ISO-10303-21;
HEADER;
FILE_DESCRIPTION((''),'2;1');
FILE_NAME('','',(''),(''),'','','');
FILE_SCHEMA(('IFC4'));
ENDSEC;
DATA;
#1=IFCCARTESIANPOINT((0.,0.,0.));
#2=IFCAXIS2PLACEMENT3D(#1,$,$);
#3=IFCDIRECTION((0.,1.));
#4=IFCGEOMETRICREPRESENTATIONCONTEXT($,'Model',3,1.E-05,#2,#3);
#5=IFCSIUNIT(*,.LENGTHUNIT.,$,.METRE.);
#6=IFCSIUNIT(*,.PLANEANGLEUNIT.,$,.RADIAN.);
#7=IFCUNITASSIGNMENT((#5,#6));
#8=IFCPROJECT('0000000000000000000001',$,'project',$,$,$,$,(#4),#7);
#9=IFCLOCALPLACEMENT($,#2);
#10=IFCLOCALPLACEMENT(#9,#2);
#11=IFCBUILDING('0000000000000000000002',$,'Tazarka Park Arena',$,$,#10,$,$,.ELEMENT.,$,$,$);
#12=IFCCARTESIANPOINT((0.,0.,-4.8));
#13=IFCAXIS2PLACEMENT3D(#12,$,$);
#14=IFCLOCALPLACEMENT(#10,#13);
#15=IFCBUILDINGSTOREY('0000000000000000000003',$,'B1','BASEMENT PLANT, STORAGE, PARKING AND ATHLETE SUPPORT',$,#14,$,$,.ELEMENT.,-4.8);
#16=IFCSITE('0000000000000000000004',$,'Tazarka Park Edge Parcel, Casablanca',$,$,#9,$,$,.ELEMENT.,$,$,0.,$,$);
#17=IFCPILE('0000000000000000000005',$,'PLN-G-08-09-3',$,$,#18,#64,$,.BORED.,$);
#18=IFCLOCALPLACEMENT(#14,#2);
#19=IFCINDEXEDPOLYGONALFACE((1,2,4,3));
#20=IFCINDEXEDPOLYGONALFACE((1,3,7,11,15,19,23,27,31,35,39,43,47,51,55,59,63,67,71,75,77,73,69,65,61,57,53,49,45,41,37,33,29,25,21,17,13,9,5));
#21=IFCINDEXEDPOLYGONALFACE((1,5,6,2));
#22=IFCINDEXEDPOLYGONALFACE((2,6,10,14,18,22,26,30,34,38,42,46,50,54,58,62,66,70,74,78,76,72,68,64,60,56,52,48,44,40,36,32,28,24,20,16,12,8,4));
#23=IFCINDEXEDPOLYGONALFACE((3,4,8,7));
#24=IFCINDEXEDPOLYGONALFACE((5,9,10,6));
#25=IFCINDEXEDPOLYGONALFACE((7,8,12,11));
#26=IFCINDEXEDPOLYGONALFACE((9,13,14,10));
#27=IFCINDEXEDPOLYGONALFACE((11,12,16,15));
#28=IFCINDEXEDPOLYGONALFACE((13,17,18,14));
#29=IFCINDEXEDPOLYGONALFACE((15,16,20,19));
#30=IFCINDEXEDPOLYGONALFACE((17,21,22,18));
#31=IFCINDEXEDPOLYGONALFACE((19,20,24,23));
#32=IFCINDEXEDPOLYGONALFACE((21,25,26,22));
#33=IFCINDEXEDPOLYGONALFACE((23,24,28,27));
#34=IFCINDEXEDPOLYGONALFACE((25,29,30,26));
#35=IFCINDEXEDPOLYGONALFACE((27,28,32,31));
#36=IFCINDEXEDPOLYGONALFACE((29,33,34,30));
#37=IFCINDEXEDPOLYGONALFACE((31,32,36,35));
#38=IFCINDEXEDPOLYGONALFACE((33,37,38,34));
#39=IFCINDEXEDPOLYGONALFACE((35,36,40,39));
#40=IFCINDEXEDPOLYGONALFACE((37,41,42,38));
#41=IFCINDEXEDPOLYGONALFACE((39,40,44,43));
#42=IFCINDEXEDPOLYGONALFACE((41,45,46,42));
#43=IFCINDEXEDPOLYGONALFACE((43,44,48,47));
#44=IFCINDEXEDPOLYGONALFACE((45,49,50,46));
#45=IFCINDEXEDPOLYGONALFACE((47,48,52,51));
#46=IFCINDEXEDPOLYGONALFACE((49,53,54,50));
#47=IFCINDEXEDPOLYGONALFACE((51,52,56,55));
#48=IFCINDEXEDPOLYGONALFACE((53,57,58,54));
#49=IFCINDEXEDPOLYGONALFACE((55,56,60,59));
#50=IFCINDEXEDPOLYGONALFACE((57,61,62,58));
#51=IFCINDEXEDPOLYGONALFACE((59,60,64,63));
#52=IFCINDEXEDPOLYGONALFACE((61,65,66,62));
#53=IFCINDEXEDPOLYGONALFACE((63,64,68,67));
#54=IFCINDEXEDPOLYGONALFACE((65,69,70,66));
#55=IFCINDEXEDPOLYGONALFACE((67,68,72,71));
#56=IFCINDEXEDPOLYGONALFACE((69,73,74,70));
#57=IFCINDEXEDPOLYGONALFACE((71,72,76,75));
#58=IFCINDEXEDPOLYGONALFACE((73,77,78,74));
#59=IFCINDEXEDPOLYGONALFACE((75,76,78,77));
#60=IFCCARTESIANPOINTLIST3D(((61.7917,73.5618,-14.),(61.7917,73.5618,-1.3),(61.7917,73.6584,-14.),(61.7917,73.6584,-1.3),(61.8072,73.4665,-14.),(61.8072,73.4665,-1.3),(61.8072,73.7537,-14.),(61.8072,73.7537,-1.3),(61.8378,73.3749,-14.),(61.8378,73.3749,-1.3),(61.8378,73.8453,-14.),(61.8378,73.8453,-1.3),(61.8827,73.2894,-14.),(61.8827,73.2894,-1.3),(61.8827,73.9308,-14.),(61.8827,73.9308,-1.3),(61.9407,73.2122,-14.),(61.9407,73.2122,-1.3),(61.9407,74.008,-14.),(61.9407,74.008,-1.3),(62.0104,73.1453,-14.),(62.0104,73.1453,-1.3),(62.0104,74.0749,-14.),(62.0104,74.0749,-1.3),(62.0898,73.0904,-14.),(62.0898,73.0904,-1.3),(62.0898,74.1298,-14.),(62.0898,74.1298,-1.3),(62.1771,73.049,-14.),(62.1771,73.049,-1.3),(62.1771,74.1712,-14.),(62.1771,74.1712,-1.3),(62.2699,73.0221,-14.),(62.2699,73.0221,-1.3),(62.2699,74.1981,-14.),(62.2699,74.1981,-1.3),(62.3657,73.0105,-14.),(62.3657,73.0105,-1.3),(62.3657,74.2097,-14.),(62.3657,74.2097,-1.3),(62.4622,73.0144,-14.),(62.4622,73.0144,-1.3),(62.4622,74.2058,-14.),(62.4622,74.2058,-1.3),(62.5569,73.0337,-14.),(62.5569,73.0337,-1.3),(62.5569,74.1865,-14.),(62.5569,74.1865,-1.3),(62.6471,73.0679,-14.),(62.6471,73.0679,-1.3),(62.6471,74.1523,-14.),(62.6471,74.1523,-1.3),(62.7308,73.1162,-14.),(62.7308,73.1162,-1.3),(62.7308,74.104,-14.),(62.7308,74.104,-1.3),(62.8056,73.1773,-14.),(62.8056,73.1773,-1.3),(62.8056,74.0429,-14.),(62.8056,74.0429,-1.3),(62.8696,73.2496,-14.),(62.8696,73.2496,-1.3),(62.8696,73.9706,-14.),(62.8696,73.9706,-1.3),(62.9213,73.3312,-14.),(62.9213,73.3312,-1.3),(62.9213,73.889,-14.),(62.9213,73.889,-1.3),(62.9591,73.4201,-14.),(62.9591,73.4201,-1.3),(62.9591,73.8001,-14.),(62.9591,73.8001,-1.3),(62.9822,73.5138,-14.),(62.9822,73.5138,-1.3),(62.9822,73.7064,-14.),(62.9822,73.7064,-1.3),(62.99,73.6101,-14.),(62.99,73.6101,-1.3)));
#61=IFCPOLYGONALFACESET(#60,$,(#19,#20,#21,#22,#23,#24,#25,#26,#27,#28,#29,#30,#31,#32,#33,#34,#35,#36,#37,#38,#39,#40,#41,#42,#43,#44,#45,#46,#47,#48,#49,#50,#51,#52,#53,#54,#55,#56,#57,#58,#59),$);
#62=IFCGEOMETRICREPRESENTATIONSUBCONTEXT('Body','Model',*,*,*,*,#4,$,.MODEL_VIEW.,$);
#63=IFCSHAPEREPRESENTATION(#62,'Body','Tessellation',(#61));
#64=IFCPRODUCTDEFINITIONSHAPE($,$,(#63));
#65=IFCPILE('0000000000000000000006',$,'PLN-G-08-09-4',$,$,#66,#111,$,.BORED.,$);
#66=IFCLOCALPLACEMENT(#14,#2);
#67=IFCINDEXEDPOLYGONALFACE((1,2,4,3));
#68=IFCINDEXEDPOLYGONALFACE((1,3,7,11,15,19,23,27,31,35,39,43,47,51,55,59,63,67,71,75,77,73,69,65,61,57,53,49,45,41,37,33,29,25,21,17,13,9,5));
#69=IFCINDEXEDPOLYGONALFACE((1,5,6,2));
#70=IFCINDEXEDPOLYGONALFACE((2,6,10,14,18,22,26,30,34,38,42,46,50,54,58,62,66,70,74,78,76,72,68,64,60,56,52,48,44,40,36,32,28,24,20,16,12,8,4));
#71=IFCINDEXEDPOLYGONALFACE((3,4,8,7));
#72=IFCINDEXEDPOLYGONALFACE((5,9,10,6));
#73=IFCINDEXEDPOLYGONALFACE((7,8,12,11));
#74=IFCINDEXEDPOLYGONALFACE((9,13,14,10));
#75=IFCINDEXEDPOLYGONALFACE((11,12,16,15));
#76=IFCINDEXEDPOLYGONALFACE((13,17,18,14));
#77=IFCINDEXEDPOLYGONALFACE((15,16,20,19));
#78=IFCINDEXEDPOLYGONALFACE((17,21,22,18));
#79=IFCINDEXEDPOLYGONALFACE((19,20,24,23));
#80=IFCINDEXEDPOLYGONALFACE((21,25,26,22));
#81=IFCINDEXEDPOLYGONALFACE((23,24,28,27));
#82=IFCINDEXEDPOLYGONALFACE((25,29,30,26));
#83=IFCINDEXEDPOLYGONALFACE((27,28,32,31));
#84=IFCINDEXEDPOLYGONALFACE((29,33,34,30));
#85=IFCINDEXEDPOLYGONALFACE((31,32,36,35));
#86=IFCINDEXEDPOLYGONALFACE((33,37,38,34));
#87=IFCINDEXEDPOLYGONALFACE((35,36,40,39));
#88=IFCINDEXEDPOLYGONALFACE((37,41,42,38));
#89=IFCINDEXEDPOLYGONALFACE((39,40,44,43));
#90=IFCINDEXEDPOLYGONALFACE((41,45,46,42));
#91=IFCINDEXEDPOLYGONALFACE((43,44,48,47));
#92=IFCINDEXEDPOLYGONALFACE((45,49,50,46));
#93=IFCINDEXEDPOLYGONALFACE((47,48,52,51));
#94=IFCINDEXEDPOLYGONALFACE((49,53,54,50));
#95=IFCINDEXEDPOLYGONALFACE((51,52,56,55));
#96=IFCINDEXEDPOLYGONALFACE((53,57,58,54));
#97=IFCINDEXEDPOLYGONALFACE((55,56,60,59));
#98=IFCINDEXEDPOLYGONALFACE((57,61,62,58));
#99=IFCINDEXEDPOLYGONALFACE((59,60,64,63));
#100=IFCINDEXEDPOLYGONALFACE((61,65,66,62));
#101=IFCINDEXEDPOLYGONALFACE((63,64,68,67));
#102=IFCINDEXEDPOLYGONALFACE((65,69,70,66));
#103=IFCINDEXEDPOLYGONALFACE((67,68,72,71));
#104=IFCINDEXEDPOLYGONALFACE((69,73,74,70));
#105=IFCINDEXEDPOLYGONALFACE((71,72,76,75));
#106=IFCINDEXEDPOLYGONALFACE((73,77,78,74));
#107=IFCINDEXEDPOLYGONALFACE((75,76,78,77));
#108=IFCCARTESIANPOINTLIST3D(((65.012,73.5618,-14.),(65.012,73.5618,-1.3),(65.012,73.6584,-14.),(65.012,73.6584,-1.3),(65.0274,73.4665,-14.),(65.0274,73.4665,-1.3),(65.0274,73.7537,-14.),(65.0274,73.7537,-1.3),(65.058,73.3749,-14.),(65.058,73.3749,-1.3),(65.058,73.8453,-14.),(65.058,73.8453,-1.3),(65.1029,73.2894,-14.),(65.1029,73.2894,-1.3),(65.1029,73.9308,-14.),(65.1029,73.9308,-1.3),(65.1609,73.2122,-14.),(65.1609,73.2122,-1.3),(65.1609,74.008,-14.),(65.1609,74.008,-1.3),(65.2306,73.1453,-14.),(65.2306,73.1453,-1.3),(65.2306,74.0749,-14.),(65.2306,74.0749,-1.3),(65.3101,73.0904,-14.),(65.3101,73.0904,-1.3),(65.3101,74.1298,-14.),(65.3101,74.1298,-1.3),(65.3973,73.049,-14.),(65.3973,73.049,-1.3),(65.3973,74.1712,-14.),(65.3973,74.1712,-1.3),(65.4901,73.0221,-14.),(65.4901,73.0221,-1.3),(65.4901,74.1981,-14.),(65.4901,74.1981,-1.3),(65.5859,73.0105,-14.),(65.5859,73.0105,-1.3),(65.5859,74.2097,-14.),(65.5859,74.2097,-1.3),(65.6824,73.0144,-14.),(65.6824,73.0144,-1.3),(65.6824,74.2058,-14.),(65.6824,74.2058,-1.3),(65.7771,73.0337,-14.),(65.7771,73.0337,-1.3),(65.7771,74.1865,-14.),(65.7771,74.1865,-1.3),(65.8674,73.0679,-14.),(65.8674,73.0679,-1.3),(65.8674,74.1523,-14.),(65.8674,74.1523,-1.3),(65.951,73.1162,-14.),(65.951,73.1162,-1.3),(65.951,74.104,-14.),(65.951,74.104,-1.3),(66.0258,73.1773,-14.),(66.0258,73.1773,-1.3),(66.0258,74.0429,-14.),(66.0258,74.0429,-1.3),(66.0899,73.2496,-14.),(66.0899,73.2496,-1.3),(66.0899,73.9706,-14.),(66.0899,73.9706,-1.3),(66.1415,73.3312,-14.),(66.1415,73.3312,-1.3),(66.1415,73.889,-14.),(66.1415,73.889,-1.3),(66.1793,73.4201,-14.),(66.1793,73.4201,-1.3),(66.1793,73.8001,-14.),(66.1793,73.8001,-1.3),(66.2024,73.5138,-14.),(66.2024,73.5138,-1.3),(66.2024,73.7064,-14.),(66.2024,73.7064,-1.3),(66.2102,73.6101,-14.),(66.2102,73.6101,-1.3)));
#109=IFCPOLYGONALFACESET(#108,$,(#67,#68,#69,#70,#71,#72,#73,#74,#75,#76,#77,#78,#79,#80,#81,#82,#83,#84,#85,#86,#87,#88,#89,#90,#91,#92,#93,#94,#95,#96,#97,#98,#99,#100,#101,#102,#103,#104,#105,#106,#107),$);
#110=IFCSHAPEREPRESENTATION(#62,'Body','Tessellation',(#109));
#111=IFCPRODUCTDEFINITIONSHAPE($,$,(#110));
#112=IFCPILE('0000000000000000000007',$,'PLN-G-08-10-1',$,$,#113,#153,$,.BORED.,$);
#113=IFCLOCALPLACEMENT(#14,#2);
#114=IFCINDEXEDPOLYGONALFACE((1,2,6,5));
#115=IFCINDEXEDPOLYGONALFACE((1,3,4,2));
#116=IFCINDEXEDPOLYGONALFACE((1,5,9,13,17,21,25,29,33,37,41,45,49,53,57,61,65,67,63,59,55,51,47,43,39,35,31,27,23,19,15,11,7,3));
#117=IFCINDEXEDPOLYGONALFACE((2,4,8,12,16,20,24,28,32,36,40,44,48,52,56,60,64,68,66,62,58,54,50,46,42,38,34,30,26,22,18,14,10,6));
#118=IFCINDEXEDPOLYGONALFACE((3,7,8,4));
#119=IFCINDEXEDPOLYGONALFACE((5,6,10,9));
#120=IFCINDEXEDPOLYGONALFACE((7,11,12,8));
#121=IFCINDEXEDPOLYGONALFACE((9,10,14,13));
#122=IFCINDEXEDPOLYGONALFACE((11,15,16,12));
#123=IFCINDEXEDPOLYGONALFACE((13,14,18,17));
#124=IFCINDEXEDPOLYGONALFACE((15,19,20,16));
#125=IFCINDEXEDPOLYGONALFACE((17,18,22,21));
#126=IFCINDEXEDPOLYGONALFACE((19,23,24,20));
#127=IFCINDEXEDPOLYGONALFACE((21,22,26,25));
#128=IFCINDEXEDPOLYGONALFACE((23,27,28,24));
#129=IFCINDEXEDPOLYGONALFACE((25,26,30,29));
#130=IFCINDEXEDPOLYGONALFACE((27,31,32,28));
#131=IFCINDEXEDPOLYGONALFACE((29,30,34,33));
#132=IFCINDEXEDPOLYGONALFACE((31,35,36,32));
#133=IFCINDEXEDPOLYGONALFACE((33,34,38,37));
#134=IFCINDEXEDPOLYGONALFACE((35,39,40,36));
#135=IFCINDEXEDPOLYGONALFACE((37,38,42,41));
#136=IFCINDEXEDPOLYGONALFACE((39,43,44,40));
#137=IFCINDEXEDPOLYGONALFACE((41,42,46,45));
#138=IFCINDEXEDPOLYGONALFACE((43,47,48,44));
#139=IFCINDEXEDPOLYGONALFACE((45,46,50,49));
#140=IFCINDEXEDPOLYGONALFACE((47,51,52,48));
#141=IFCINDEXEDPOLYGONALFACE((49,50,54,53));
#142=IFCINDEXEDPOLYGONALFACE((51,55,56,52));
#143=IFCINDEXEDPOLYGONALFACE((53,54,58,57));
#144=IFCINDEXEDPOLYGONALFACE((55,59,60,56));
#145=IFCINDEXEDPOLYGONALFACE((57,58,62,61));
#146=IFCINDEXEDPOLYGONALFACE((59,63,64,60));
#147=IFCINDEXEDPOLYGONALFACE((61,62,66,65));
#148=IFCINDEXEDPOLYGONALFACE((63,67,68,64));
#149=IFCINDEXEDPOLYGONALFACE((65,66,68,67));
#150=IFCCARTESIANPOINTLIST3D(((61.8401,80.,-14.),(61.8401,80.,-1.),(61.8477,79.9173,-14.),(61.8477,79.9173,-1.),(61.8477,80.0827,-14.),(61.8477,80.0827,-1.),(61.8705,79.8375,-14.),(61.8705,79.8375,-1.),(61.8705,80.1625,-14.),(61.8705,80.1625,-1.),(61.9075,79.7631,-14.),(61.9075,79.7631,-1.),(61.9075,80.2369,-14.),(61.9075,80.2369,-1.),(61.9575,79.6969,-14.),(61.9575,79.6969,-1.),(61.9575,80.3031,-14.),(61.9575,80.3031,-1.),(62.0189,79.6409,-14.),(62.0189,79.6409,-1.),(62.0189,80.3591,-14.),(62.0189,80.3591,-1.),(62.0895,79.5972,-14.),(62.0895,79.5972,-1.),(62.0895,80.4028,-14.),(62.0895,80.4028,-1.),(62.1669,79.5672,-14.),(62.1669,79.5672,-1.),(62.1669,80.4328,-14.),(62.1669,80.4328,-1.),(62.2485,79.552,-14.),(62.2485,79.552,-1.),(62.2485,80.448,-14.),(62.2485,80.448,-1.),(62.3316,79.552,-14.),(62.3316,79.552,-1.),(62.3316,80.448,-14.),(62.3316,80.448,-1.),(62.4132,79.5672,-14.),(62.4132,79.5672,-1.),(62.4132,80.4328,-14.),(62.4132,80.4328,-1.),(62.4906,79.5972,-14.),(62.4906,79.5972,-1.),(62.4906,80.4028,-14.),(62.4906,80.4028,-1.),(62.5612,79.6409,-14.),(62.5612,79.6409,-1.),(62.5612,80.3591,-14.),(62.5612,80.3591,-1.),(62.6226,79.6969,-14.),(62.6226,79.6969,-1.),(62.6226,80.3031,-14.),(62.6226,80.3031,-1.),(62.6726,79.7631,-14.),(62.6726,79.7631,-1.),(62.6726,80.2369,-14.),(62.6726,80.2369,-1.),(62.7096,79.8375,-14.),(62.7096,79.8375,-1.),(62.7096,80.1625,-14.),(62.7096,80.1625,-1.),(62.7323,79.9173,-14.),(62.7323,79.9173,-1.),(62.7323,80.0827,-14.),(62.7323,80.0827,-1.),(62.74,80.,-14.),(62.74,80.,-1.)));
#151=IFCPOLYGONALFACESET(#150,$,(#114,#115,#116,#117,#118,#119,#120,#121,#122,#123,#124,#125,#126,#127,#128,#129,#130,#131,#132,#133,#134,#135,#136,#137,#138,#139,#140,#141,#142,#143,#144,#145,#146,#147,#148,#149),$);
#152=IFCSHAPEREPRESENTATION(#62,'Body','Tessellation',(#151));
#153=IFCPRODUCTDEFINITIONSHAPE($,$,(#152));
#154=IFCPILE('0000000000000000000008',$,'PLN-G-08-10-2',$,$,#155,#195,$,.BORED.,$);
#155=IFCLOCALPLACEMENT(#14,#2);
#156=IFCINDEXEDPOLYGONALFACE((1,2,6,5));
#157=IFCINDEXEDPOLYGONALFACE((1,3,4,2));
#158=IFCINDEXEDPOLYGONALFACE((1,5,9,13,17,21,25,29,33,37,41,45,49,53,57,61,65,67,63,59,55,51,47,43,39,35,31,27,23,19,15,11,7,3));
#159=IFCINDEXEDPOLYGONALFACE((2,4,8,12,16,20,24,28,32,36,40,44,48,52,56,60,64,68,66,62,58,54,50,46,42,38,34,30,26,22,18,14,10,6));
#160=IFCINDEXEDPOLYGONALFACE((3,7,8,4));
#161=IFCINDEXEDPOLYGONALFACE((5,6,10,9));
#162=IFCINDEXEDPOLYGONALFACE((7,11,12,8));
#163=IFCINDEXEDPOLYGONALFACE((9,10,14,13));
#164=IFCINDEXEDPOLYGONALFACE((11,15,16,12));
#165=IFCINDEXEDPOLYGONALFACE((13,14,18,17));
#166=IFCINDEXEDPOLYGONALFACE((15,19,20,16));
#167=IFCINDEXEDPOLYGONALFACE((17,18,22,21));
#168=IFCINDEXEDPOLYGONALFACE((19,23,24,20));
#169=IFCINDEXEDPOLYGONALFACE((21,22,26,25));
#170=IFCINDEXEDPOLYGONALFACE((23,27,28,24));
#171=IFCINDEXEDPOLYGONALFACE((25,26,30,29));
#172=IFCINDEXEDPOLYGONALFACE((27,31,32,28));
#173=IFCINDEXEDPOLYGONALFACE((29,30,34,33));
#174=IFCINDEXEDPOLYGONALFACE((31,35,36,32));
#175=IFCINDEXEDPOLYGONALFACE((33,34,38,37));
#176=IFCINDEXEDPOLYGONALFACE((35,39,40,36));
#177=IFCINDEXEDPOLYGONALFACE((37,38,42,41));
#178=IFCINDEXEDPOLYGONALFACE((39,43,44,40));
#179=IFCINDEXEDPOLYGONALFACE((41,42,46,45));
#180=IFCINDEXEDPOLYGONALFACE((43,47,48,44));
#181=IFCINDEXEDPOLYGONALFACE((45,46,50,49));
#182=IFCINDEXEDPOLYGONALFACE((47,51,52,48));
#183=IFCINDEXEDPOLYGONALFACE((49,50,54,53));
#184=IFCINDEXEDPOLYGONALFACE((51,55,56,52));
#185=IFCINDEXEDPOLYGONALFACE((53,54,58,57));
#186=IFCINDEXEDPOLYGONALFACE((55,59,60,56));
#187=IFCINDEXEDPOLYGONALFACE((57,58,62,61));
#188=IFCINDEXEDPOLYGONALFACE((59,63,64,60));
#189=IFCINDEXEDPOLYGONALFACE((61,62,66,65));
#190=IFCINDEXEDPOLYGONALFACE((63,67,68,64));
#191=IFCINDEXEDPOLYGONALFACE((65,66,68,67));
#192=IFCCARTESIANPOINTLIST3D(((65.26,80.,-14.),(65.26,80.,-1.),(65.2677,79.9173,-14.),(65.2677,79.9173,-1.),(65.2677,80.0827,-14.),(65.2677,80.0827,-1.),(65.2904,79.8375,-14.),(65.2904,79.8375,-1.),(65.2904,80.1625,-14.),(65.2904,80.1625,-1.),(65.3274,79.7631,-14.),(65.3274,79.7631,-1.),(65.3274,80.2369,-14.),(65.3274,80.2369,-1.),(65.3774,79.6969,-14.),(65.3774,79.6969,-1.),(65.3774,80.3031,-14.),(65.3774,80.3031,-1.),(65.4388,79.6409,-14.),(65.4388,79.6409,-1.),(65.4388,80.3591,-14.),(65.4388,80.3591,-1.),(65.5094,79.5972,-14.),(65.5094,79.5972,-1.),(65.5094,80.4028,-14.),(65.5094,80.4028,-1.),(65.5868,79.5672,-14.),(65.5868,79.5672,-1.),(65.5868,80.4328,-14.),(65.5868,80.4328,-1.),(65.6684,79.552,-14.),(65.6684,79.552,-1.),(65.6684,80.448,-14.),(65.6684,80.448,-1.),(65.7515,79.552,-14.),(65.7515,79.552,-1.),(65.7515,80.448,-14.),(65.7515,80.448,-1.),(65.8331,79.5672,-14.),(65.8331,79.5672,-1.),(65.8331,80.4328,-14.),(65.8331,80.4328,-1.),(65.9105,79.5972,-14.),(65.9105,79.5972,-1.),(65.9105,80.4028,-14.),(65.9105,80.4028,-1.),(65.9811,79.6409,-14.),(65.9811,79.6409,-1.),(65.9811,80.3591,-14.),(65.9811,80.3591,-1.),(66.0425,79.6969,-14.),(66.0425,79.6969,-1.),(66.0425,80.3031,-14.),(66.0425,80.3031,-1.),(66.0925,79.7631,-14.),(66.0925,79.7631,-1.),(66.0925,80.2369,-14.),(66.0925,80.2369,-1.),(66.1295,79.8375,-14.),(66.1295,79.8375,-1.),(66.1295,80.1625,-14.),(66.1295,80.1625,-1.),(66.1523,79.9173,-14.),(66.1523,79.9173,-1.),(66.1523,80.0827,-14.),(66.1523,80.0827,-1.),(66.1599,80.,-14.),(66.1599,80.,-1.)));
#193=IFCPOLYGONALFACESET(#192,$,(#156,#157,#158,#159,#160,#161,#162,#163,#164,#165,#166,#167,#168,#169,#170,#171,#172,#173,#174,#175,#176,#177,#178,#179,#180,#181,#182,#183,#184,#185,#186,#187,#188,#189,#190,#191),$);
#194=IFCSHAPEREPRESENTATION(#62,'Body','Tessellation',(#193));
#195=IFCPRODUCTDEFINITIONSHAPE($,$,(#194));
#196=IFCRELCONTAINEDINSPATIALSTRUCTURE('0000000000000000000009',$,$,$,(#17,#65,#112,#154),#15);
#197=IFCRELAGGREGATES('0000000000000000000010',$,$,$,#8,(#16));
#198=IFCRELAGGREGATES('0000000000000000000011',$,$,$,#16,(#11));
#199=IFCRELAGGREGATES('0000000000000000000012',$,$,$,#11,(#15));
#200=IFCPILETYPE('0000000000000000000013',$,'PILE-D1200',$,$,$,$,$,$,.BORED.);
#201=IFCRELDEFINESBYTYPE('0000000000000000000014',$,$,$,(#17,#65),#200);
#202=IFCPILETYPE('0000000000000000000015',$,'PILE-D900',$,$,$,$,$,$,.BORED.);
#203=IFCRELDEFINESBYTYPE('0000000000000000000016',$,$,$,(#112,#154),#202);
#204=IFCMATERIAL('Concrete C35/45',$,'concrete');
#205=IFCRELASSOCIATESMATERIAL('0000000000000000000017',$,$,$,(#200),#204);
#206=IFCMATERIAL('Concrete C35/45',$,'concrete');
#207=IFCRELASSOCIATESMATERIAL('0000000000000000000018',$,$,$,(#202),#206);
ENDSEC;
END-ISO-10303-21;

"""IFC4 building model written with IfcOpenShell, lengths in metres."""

from ifc_helpers import new_model, si_unit, direction, frame, origin, origin_2d, place, context, subcontext, project, spatial, circle, extrude, material, material_profile, profile_set, type_object, element, save


model = new_model("IFC4")

# Units and contexts
model_context = context("Model", 3, precision=1e-05, world=origin(), true_north=direction((0.0, 1.0)))
body_context = subcontext(model_context, "Body", "Model", "MODEL_VIEW")
ifc_project = project(units=[si_unit("LENGTHUNIT", "METRE"), si_unit("PLANEANGLEUNIT", "RADIAN")], contexts=[model_context])

# Site, building, storey
site_placement = place(None, origin())
site = spatial("IfcSite", under=ifc_project, at=site_placement, Name="Tazarka Park Edge Parcel, Casablanca", CompositionType="ELEMENT", RefElevation=0.0)
building_placement = place(site_placement, origin())
building = spatial("IfcBuilding", under=site, at=building_placement, Name="Tazarka Park Arena", CompositionType="ELEMENT")
storey_placement = place(building_placement, frame((0.0, 0.0, -4.8)))
storey = spatial("IfcBuildingStorey", under=building, at=storey_placement, Name="B1", Description="BASEMENT PLANT, STORAGE, PARKING AND ATHLETE SUPPORT", CompositionType="ELEMENT", Elevation=-4.8)

# Piles
ifc_material_1 = material(Name="Concrete C35/45", Category="concrete")
ifc_material_profile_1 = material_profile(ifc_material_1, circle(Radius=0.6001, at=origin_2d()), Name="Concrete C35/45")
ifc_profile_set_1 = profile_set([ifc_material_profile_1], Name="Concrete C35/45")
pile_type_1 = type_object("IfcPileType", Name="PILE-D1200", PredefinedType="BORED", material=ifc_profile_set_1)
for number, where, z_axis, x_axis, name in (
    (1, (62.3899, 73.6101, -1.3), (0.0, 0.0, -1.0), (1.0, 0.0, 0.0), "PLN-G-08-09-3"),
    (2, (65.6101, 73.6101, -1.3), (0.0, 0.0, -1.0), (1.0, 0.0, 0.0), "PLN-G-08-09-4"),
):
    element("IfcPile", number, at=place(storey_placement, frame(where, z_axis=z_axis, x_axis=x_axis)), inside=storey, type_object=pile_type_1, Name=name, PredefinedType="BORED", context=body_context, shape_type="SweptSolid", body=[
        extrude(circle(Radius=0.6001, at=origin_2d()), origin(), (0.0, 0.0, 1.0), 12.7),
    ])
ifc_material_2 = material(Name="Concrete C35/45", Category="concrete")
ifc_material_profile_2 = material_profile(ifc_material_2, circle(Radius=0.45, at=origin_2d()), Name="Concrete C35/45")
ifc_profile_set_2 = profile_set([ifc_material_profile_2], Name="Concrete C35/45")
pile_type_2 = type_object("IfcPileType", Name="PILE-D900", PredefinedType="BORED", material=ifc_profile_set_2)
for number, where, z_axis, x_axis, name in (
    (3, (62.29, 80.0, -1.0), (0.0, 0.0, -1.0), (1.0, 0.0, 0.0), "PLN-G-08-10-1"),
    (4, (65.71, 80.0, -1.0), (0.0, 0.0, -1.0), (1.0, 0.0, 0.0), "PLN-G-08-10-2"),
):
    element("IfcPile", number, at=place(storey_placement, frame(where, z_axis=z_axis, x_axis=x_axis)), inside=storey, type_object=pile_type_2, Name=name, PredefinedType="BORED", context=body_context, shape_type="SweptSolid", body=[
        extrude(circle(Radius=0.45, at=origin_2d()), origin(), (0.0, 0.0, 1.0), 13.0),
    ])

save(model, "model.ifc")
